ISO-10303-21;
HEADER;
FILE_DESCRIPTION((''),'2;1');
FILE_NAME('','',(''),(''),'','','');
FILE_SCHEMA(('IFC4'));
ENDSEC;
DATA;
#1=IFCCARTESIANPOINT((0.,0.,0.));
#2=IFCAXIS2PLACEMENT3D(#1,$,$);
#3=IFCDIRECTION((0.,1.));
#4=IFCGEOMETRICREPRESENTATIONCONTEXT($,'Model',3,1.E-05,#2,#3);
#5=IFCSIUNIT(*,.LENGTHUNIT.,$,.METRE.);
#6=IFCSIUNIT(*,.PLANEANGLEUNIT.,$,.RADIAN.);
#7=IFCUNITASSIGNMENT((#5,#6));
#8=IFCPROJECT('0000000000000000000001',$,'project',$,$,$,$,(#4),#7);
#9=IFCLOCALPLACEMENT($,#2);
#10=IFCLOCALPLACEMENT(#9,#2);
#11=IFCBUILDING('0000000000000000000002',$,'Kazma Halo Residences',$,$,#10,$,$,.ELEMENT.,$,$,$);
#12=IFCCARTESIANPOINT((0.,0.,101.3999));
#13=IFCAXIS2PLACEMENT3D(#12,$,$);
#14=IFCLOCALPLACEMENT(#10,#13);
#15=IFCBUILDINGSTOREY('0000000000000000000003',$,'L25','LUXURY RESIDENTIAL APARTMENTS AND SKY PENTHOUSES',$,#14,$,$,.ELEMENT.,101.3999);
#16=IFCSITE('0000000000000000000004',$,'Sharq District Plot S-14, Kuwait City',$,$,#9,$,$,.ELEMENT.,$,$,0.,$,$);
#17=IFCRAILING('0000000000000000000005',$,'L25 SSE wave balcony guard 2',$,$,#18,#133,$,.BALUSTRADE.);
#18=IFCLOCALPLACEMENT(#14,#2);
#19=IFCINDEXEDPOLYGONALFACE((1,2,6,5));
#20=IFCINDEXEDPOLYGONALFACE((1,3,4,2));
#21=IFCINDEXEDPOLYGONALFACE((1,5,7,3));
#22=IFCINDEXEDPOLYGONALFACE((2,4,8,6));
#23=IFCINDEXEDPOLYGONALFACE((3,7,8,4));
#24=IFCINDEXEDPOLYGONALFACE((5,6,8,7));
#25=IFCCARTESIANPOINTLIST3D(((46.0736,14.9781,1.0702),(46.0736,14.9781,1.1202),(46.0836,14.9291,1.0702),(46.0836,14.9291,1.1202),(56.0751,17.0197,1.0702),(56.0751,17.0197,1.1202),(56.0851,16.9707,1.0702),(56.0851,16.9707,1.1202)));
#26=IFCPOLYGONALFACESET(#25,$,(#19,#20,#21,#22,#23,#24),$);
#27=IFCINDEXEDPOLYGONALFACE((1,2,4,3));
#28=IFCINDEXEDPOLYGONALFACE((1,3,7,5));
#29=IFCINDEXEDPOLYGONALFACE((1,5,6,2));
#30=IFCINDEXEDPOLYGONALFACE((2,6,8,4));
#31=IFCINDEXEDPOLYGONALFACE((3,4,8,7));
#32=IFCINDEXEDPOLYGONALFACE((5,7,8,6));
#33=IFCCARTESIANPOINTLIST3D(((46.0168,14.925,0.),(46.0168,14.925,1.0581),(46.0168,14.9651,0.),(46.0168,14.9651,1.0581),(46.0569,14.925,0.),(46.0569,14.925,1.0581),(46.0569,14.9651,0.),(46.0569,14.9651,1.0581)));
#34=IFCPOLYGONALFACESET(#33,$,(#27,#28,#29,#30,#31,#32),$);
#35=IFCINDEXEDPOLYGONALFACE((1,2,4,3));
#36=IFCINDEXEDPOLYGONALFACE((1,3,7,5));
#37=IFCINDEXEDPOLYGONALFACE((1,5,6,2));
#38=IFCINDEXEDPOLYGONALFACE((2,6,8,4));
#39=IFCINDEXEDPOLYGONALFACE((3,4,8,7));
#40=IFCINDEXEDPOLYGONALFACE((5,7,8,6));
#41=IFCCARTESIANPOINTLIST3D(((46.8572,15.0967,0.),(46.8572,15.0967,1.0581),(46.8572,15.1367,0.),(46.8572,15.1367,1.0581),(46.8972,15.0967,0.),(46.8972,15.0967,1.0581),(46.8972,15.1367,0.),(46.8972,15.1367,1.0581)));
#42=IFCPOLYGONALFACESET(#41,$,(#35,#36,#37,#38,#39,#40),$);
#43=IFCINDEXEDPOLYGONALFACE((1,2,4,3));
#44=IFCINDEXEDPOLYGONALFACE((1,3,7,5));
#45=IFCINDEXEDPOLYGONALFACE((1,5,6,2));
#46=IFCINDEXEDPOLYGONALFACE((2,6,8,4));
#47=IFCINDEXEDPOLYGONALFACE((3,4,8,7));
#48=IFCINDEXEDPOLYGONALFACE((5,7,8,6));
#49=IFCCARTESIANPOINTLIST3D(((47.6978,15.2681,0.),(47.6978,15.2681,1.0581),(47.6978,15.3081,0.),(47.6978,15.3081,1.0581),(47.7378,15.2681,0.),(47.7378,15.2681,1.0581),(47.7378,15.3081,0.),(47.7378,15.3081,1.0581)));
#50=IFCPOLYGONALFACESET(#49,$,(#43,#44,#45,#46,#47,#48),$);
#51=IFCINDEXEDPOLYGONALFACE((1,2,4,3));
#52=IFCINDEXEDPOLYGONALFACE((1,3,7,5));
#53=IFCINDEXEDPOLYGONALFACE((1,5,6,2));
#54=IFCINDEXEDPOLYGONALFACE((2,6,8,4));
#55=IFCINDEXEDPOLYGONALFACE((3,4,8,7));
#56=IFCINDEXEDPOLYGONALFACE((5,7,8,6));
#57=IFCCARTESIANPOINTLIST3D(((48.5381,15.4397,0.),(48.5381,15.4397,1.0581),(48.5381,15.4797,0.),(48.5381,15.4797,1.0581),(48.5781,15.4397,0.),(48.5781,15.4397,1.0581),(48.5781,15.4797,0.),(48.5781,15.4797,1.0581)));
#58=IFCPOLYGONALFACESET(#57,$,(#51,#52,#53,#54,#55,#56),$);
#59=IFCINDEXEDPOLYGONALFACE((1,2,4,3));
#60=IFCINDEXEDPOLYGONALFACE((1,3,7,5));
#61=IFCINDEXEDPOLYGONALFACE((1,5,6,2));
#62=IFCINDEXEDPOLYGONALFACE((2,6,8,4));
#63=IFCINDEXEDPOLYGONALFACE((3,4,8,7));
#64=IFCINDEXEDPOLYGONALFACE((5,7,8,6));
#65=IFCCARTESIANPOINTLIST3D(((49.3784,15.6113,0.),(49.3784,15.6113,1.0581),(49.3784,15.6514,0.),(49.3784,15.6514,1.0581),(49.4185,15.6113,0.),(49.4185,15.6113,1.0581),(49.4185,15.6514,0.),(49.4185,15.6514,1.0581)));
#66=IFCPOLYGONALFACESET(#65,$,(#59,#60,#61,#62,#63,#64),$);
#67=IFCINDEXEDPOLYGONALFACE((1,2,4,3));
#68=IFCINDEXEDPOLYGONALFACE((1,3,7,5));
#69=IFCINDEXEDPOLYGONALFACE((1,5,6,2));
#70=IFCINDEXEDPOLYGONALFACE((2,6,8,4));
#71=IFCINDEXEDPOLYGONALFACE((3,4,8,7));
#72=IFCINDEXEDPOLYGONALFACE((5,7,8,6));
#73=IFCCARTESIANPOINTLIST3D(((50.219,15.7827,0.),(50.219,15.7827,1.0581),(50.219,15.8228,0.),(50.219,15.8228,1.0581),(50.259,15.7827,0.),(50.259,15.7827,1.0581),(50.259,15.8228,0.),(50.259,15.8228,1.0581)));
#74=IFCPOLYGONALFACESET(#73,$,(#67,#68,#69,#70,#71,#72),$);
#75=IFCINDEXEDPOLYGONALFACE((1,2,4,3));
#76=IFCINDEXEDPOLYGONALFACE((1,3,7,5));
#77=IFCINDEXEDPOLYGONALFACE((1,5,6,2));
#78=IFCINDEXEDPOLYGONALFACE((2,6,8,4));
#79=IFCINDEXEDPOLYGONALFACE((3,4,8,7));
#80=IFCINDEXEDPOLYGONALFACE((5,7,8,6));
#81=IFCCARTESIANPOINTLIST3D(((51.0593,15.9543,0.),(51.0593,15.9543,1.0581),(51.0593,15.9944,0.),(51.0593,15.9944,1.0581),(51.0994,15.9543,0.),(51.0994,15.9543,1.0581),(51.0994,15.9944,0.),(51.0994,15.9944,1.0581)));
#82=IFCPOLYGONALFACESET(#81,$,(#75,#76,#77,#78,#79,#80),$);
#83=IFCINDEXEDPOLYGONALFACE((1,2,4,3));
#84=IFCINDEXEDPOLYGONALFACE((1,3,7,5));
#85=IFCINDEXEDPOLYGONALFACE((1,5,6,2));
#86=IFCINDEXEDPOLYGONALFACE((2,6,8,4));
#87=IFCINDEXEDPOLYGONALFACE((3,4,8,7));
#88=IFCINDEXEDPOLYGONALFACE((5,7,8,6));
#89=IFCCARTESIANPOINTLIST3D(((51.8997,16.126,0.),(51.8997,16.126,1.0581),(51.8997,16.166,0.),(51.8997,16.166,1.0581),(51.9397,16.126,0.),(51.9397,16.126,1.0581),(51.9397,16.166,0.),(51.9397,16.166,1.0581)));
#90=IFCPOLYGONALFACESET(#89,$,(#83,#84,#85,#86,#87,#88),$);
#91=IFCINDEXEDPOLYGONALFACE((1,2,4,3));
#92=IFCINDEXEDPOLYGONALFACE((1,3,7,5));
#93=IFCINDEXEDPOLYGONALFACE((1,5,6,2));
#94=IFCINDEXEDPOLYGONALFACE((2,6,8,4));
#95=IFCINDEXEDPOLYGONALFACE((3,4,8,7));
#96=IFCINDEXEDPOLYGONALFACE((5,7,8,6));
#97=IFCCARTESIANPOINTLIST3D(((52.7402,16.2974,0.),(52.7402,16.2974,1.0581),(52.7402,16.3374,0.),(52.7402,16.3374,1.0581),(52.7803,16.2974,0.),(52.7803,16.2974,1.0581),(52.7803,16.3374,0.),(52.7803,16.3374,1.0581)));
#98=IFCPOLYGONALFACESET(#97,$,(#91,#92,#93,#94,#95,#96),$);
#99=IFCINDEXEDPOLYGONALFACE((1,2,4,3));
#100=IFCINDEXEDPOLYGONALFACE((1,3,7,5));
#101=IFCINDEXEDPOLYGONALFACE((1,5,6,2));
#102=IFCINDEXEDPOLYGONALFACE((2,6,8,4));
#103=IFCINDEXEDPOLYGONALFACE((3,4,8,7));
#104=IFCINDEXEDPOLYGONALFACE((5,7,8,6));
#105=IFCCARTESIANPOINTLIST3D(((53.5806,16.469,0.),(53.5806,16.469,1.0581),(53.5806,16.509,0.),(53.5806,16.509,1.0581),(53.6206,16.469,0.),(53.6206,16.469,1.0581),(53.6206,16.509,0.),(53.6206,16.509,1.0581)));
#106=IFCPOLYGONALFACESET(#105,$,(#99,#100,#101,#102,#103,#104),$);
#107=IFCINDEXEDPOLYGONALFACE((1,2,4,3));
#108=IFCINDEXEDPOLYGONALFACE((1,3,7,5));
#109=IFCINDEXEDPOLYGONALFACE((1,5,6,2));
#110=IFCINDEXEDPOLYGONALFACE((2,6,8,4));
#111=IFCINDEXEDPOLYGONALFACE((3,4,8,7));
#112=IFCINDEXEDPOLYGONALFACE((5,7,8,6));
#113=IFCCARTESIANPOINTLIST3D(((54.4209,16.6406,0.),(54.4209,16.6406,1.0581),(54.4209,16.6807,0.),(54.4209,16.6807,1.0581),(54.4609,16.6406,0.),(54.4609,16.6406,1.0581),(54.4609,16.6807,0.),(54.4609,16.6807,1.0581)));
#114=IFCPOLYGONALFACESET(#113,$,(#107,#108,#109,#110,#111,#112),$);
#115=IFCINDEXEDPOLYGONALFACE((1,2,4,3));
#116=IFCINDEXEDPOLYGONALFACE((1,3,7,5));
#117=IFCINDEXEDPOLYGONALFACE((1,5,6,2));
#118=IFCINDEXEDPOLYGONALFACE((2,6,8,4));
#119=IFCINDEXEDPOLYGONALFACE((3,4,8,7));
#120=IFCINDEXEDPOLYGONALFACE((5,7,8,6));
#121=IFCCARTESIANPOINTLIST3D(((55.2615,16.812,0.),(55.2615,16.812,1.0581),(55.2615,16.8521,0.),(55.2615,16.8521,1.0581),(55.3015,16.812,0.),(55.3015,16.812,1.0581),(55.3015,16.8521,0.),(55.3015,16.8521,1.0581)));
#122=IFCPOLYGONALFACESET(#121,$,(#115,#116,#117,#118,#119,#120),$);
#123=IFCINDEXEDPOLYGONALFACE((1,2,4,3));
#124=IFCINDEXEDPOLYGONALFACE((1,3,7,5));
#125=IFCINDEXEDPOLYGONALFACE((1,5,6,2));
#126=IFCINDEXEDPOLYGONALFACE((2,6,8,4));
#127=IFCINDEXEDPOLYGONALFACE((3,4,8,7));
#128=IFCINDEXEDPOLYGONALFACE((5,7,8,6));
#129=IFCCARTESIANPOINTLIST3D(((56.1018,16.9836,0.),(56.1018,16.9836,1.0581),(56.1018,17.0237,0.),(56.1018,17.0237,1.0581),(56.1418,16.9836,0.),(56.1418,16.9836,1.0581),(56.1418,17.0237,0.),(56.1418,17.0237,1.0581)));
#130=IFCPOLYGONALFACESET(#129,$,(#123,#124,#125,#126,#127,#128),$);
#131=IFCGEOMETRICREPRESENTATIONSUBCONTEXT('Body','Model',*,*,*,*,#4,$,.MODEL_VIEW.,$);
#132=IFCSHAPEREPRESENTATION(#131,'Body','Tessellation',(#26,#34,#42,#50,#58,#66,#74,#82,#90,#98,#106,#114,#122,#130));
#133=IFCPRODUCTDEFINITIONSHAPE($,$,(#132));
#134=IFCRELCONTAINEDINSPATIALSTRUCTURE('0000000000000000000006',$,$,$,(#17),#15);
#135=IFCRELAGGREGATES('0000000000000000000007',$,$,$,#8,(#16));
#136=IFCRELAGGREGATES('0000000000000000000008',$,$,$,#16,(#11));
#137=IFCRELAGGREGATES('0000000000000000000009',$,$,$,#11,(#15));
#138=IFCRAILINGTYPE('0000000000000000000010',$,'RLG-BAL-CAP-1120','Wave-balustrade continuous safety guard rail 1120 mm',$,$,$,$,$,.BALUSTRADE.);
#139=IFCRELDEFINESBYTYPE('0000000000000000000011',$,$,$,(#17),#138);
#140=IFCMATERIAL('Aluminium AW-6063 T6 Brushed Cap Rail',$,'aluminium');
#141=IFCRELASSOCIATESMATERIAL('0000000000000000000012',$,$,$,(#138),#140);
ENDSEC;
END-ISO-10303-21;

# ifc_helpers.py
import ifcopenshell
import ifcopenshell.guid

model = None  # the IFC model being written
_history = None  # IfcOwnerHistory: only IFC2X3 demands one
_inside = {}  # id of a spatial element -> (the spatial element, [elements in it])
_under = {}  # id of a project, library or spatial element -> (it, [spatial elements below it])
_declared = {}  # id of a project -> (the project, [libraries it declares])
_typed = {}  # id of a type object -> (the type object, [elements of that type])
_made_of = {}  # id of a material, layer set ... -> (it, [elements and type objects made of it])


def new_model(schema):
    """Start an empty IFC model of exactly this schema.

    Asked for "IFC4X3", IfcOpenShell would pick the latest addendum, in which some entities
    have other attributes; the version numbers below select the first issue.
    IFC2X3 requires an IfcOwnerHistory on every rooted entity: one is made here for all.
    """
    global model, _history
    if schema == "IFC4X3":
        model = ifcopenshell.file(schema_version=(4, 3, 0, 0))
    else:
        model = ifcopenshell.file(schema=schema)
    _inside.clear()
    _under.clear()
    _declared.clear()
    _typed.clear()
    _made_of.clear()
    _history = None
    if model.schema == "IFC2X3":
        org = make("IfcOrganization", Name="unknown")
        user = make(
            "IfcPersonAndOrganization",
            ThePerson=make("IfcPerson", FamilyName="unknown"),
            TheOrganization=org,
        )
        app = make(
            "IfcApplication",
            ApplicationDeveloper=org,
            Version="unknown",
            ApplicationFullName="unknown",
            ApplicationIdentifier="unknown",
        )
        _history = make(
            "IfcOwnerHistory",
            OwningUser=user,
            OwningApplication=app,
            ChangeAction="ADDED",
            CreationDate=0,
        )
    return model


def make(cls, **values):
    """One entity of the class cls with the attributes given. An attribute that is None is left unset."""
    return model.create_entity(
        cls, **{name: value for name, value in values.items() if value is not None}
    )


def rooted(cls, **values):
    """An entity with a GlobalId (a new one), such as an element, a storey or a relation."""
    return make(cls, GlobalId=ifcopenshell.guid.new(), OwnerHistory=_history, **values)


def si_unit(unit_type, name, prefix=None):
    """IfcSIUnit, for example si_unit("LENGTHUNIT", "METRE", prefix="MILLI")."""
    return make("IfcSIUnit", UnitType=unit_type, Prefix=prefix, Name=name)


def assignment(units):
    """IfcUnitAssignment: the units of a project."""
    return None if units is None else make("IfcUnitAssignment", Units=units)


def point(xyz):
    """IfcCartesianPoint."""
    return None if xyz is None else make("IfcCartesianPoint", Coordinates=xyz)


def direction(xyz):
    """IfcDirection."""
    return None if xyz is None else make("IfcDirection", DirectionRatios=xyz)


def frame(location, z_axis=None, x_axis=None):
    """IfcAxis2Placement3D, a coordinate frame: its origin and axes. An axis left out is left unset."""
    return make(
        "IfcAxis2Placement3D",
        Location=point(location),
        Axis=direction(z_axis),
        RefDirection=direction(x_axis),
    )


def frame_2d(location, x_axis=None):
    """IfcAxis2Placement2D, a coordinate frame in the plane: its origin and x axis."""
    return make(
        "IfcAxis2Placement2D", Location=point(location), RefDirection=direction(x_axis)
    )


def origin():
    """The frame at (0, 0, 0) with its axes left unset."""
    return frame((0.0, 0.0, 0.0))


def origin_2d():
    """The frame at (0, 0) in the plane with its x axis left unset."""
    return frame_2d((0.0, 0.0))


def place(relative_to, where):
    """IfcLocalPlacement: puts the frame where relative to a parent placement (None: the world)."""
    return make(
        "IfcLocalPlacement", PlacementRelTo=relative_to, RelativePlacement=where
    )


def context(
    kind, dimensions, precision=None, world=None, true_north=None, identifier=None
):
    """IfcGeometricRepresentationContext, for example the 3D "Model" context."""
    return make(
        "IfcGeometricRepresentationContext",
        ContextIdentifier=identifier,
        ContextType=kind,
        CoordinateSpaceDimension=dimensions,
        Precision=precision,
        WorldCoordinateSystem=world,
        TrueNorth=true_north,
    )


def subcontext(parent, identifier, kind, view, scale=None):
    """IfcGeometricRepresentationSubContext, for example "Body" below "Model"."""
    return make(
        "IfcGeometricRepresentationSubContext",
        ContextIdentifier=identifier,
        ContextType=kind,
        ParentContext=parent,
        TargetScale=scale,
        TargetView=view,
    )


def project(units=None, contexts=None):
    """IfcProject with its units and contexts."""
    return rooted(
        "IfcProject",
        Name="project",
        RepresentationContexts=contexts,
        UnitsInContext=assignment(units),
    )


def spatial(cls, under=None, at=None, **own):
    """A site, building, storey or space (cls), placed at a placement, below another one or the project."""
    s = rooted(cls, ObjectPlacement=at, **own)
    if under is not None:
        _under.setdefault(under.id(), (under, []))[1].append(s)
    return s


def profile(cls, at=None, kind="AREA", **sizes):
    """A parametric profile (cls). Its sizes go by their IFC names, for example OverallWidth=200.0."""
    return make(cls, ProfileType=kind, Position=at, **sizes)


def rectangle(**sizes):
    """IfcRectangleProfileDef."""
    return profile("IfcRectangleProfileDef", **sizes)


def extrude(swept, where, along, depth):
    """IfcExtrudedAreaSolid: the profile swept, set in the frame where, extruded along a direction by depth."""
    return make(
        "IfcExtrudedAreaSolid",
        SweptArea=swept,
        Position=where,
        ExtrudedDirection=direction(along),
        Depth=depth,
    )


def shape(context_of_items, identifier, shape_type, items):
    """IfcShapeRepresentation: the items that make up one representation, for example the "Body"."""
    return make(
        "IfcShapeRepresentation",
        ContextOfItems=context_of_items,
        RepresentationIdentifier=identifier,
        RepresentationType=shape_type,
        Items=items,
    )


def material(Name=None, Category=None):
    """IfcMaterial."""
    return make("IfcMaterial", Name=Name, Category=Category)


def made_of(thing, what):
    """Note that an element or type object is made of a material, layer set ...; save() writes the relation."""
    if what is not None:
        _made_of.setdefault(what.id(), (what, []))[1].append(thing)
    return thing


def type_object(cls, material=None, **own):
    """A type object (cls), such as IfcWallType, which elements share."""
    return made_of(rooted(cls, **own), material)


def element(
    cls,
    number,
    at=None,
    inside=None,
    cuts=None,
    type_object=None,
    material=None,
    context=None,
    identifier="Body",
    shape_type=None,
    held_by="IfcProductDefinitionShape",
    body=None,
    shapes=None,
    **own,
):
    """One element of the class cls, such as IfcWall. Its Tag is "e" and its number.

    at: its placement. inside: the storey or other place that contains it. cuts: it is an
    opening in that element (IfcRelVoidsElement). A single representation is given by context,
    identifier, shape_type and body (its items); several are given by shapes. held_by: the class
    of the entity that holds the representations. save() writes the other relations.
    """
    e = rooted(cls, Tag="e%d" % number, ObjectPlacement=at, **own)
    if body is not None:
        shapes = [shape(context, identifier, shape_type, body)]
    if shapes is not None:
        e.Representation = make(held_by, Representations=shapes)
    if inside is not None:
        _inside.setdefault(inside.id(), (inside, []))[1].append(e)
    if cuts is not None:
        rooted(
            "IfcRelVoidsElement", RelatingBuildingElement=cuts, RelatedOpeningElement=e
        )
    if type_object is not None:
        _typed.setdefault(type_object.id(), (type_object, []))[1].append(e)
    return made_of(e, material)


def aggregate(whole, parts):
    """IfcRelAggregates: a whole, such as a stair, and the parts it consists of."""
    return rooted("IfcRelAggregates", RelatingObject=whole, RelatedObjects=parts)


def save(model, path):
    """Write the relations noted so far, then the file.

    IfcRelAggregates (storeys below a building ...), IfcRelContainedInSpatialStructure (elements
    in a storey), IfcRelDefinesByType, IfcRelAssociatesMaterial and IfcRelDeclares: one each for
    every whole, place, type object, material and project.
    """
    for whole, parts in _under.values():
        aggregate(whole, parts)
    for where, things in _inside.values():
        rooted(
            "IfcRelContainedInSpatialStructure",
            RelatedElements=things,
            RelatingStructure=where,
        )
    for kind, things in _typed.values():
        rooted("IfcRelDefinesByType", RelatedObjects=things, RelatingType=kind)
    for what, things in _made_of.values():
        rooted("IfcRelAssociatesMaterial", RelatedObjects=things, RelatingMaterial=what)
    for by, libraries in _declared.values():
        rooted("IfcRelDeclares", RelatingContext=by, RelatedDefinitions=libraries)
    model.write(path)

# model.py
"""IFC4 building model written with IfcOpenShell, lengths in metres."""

from ifc_helpers import new_model, si_unit, direction, frame, origin, origin_2d, place, context, subcontext, project, spatial, rectangle, extrude, material, type_object, element, save


model = new_model("IFC4")

# Units and contexts
model_context = context("Model", 3, precision=1e-05, world=origin(), true_north=direction((0.0, 1.0)))
body_context = subcontext(model_context, "Body", "Model", "MODEL_VIEW")
ifc_project = project(units=[si_unit("LENGTHUNIT", "METRE"), si_unit("PLANEANGLEUNIT", "RADIAN")], contexts=[model_context])

# Site, building, storey
site_placement = place(None, origin())
site = spatial("IfcSite", under=ifc_project, at=site_placement, Name="Sharq District Plot S-14, Kuwait City", CompositionType="ELEMENT", RefElevation=0.0)
building_placement = place(site_placement, origin())
building = spatial("IfcBuilding", under=site, at=building_placement, Name="Kazma Halo Residences", CompositionType="ELEMENT")
storey_placement = place(building_placement, frame((0.0, 0.0, 101.3999)))
storey = spatial("IfcBuildingStorey", under=building, at=storey_placement, Name="L25", Description="LUXURY RESIDENTIAL APARTMENTS AND SKY PENTHOUSES", CompositionType="ELEMENT", Elevation=101.3999)

# Railing
ifc_material_1 = material(Name="Aluminium AW-6063 T6 Brushed Cap Rail", Category="aluminium")
railing_type = type_object("IfcRailingType", Name="RLG-BAL-CAP-1120", Description="Wave-balustrade continuous safety guard rail 1120 mm", PredefinedType="BALUSTRADE", material=ifc_material_1)
railing_1_placement = place(storey_placement, frame((46.0369, 14.9451, 0.0)))
element("IfcRailing", 1, at=railing_1_placement, inside=storey, type_object=railing_type, Name="L25 SSE wave balcony guard 2", PredefinedType="BALUSTRADE", context=body_context, shape_type="SweptSolid", body=[
    extrude(rectangle(XDim=0.05, YDim=0.05, at=origin_2d()), frame((0.0417, 0.0085, 1.0952), z_axis=(0.979796, 0.200001, 0.0), x_axis=(-0.200001, 0.979796, 0.0)), (0.0, 0.0, 1.0), 10.2078),
    extrude(rectangle(XDim=0.04, YDim=0.04, at=origin_2d()), origin(), (0.0, 0.0, 1.0), 1.0581),
    extrude(rectangle(XDim=0.04, YDim=0.04, at=origin_2d()), frame((0.8403, 0.1716, 0.0)), (0.0, 0.0, 1.0), 1.0581),
    extrude(rectangle(XDim=0.04, YDim=0.04, at=origin_2d()), frame((1.6809, 0.343, 0.0)), (0.0, 0.0, 1.0), 1.0581),
    extrude(rectangle(XDim=0.04, YDim=0.04, at=origin_2d()), frame((2.5212, 0.5146, 0.0)), (0.0, 0.0, 1.0), 1.0581),
    extrude(rectangle(XDim=0.04, YDim=0.04, at=origin_2d()), frame((3.3616, 0.6863, 0.0)), (0.0, 0.0, 1.0), 1.0581),
    extrude(rectangle(XDim=0.04, YDim=0.04, at=origin_2d()), frame((4.2021, 0.8577, 0.0)), (0.0, 0.0, 1.0), 1.0581),
    extrude(rectangle(XDim=0.04, YDim=0.04, at=origin_2d()), frame((5.0425, 1.0293, 0.0)), (0.0, 0.0, 1.0), 1.0581),
    extrude(rectangle(XDim=0.04, YDim=0.04, at=origin_2d()), frame((5.8828, 1.2009, 0.0)), (0.0, 0.0, 1.0), 1.0581),
    extrude(rectangle(XDim=0.04, YDim=0.04, at=origin_2d()), frame((6.7234, 1.3723, 0.0)), (0.0, 0.0, 1.0), 1.0581),
    extrude(rectangle(XDim=0.04, YDim=0.04, at=origin_2d()), frame((7.5637, 1.5439, 0.0)), (0.0, 0.0, 1.0), 1.0581),
    extrude(rectangle(XDim=0.04, YDim=0.04, at=origin_2d()), frame((8.4041, 1.7156, 0.0)), (0.0, 0.0, 1.0), 1.0581),
    extrude(rectangle(XDim=0.04, YDim=0.04, at=origin_2d()), frame((9.2446, 1.887, 0.0)), (0.0, 0.0, 1.0), 1.0581),
    extrude(rectangle(XDim=0.04, YDim=0.04, at=origin_2d()), frame((10.085, 2.0586, 0.0)), (0.0, 0.0, 1.0), 1.0581),
])

save(model, "model.ifc")
